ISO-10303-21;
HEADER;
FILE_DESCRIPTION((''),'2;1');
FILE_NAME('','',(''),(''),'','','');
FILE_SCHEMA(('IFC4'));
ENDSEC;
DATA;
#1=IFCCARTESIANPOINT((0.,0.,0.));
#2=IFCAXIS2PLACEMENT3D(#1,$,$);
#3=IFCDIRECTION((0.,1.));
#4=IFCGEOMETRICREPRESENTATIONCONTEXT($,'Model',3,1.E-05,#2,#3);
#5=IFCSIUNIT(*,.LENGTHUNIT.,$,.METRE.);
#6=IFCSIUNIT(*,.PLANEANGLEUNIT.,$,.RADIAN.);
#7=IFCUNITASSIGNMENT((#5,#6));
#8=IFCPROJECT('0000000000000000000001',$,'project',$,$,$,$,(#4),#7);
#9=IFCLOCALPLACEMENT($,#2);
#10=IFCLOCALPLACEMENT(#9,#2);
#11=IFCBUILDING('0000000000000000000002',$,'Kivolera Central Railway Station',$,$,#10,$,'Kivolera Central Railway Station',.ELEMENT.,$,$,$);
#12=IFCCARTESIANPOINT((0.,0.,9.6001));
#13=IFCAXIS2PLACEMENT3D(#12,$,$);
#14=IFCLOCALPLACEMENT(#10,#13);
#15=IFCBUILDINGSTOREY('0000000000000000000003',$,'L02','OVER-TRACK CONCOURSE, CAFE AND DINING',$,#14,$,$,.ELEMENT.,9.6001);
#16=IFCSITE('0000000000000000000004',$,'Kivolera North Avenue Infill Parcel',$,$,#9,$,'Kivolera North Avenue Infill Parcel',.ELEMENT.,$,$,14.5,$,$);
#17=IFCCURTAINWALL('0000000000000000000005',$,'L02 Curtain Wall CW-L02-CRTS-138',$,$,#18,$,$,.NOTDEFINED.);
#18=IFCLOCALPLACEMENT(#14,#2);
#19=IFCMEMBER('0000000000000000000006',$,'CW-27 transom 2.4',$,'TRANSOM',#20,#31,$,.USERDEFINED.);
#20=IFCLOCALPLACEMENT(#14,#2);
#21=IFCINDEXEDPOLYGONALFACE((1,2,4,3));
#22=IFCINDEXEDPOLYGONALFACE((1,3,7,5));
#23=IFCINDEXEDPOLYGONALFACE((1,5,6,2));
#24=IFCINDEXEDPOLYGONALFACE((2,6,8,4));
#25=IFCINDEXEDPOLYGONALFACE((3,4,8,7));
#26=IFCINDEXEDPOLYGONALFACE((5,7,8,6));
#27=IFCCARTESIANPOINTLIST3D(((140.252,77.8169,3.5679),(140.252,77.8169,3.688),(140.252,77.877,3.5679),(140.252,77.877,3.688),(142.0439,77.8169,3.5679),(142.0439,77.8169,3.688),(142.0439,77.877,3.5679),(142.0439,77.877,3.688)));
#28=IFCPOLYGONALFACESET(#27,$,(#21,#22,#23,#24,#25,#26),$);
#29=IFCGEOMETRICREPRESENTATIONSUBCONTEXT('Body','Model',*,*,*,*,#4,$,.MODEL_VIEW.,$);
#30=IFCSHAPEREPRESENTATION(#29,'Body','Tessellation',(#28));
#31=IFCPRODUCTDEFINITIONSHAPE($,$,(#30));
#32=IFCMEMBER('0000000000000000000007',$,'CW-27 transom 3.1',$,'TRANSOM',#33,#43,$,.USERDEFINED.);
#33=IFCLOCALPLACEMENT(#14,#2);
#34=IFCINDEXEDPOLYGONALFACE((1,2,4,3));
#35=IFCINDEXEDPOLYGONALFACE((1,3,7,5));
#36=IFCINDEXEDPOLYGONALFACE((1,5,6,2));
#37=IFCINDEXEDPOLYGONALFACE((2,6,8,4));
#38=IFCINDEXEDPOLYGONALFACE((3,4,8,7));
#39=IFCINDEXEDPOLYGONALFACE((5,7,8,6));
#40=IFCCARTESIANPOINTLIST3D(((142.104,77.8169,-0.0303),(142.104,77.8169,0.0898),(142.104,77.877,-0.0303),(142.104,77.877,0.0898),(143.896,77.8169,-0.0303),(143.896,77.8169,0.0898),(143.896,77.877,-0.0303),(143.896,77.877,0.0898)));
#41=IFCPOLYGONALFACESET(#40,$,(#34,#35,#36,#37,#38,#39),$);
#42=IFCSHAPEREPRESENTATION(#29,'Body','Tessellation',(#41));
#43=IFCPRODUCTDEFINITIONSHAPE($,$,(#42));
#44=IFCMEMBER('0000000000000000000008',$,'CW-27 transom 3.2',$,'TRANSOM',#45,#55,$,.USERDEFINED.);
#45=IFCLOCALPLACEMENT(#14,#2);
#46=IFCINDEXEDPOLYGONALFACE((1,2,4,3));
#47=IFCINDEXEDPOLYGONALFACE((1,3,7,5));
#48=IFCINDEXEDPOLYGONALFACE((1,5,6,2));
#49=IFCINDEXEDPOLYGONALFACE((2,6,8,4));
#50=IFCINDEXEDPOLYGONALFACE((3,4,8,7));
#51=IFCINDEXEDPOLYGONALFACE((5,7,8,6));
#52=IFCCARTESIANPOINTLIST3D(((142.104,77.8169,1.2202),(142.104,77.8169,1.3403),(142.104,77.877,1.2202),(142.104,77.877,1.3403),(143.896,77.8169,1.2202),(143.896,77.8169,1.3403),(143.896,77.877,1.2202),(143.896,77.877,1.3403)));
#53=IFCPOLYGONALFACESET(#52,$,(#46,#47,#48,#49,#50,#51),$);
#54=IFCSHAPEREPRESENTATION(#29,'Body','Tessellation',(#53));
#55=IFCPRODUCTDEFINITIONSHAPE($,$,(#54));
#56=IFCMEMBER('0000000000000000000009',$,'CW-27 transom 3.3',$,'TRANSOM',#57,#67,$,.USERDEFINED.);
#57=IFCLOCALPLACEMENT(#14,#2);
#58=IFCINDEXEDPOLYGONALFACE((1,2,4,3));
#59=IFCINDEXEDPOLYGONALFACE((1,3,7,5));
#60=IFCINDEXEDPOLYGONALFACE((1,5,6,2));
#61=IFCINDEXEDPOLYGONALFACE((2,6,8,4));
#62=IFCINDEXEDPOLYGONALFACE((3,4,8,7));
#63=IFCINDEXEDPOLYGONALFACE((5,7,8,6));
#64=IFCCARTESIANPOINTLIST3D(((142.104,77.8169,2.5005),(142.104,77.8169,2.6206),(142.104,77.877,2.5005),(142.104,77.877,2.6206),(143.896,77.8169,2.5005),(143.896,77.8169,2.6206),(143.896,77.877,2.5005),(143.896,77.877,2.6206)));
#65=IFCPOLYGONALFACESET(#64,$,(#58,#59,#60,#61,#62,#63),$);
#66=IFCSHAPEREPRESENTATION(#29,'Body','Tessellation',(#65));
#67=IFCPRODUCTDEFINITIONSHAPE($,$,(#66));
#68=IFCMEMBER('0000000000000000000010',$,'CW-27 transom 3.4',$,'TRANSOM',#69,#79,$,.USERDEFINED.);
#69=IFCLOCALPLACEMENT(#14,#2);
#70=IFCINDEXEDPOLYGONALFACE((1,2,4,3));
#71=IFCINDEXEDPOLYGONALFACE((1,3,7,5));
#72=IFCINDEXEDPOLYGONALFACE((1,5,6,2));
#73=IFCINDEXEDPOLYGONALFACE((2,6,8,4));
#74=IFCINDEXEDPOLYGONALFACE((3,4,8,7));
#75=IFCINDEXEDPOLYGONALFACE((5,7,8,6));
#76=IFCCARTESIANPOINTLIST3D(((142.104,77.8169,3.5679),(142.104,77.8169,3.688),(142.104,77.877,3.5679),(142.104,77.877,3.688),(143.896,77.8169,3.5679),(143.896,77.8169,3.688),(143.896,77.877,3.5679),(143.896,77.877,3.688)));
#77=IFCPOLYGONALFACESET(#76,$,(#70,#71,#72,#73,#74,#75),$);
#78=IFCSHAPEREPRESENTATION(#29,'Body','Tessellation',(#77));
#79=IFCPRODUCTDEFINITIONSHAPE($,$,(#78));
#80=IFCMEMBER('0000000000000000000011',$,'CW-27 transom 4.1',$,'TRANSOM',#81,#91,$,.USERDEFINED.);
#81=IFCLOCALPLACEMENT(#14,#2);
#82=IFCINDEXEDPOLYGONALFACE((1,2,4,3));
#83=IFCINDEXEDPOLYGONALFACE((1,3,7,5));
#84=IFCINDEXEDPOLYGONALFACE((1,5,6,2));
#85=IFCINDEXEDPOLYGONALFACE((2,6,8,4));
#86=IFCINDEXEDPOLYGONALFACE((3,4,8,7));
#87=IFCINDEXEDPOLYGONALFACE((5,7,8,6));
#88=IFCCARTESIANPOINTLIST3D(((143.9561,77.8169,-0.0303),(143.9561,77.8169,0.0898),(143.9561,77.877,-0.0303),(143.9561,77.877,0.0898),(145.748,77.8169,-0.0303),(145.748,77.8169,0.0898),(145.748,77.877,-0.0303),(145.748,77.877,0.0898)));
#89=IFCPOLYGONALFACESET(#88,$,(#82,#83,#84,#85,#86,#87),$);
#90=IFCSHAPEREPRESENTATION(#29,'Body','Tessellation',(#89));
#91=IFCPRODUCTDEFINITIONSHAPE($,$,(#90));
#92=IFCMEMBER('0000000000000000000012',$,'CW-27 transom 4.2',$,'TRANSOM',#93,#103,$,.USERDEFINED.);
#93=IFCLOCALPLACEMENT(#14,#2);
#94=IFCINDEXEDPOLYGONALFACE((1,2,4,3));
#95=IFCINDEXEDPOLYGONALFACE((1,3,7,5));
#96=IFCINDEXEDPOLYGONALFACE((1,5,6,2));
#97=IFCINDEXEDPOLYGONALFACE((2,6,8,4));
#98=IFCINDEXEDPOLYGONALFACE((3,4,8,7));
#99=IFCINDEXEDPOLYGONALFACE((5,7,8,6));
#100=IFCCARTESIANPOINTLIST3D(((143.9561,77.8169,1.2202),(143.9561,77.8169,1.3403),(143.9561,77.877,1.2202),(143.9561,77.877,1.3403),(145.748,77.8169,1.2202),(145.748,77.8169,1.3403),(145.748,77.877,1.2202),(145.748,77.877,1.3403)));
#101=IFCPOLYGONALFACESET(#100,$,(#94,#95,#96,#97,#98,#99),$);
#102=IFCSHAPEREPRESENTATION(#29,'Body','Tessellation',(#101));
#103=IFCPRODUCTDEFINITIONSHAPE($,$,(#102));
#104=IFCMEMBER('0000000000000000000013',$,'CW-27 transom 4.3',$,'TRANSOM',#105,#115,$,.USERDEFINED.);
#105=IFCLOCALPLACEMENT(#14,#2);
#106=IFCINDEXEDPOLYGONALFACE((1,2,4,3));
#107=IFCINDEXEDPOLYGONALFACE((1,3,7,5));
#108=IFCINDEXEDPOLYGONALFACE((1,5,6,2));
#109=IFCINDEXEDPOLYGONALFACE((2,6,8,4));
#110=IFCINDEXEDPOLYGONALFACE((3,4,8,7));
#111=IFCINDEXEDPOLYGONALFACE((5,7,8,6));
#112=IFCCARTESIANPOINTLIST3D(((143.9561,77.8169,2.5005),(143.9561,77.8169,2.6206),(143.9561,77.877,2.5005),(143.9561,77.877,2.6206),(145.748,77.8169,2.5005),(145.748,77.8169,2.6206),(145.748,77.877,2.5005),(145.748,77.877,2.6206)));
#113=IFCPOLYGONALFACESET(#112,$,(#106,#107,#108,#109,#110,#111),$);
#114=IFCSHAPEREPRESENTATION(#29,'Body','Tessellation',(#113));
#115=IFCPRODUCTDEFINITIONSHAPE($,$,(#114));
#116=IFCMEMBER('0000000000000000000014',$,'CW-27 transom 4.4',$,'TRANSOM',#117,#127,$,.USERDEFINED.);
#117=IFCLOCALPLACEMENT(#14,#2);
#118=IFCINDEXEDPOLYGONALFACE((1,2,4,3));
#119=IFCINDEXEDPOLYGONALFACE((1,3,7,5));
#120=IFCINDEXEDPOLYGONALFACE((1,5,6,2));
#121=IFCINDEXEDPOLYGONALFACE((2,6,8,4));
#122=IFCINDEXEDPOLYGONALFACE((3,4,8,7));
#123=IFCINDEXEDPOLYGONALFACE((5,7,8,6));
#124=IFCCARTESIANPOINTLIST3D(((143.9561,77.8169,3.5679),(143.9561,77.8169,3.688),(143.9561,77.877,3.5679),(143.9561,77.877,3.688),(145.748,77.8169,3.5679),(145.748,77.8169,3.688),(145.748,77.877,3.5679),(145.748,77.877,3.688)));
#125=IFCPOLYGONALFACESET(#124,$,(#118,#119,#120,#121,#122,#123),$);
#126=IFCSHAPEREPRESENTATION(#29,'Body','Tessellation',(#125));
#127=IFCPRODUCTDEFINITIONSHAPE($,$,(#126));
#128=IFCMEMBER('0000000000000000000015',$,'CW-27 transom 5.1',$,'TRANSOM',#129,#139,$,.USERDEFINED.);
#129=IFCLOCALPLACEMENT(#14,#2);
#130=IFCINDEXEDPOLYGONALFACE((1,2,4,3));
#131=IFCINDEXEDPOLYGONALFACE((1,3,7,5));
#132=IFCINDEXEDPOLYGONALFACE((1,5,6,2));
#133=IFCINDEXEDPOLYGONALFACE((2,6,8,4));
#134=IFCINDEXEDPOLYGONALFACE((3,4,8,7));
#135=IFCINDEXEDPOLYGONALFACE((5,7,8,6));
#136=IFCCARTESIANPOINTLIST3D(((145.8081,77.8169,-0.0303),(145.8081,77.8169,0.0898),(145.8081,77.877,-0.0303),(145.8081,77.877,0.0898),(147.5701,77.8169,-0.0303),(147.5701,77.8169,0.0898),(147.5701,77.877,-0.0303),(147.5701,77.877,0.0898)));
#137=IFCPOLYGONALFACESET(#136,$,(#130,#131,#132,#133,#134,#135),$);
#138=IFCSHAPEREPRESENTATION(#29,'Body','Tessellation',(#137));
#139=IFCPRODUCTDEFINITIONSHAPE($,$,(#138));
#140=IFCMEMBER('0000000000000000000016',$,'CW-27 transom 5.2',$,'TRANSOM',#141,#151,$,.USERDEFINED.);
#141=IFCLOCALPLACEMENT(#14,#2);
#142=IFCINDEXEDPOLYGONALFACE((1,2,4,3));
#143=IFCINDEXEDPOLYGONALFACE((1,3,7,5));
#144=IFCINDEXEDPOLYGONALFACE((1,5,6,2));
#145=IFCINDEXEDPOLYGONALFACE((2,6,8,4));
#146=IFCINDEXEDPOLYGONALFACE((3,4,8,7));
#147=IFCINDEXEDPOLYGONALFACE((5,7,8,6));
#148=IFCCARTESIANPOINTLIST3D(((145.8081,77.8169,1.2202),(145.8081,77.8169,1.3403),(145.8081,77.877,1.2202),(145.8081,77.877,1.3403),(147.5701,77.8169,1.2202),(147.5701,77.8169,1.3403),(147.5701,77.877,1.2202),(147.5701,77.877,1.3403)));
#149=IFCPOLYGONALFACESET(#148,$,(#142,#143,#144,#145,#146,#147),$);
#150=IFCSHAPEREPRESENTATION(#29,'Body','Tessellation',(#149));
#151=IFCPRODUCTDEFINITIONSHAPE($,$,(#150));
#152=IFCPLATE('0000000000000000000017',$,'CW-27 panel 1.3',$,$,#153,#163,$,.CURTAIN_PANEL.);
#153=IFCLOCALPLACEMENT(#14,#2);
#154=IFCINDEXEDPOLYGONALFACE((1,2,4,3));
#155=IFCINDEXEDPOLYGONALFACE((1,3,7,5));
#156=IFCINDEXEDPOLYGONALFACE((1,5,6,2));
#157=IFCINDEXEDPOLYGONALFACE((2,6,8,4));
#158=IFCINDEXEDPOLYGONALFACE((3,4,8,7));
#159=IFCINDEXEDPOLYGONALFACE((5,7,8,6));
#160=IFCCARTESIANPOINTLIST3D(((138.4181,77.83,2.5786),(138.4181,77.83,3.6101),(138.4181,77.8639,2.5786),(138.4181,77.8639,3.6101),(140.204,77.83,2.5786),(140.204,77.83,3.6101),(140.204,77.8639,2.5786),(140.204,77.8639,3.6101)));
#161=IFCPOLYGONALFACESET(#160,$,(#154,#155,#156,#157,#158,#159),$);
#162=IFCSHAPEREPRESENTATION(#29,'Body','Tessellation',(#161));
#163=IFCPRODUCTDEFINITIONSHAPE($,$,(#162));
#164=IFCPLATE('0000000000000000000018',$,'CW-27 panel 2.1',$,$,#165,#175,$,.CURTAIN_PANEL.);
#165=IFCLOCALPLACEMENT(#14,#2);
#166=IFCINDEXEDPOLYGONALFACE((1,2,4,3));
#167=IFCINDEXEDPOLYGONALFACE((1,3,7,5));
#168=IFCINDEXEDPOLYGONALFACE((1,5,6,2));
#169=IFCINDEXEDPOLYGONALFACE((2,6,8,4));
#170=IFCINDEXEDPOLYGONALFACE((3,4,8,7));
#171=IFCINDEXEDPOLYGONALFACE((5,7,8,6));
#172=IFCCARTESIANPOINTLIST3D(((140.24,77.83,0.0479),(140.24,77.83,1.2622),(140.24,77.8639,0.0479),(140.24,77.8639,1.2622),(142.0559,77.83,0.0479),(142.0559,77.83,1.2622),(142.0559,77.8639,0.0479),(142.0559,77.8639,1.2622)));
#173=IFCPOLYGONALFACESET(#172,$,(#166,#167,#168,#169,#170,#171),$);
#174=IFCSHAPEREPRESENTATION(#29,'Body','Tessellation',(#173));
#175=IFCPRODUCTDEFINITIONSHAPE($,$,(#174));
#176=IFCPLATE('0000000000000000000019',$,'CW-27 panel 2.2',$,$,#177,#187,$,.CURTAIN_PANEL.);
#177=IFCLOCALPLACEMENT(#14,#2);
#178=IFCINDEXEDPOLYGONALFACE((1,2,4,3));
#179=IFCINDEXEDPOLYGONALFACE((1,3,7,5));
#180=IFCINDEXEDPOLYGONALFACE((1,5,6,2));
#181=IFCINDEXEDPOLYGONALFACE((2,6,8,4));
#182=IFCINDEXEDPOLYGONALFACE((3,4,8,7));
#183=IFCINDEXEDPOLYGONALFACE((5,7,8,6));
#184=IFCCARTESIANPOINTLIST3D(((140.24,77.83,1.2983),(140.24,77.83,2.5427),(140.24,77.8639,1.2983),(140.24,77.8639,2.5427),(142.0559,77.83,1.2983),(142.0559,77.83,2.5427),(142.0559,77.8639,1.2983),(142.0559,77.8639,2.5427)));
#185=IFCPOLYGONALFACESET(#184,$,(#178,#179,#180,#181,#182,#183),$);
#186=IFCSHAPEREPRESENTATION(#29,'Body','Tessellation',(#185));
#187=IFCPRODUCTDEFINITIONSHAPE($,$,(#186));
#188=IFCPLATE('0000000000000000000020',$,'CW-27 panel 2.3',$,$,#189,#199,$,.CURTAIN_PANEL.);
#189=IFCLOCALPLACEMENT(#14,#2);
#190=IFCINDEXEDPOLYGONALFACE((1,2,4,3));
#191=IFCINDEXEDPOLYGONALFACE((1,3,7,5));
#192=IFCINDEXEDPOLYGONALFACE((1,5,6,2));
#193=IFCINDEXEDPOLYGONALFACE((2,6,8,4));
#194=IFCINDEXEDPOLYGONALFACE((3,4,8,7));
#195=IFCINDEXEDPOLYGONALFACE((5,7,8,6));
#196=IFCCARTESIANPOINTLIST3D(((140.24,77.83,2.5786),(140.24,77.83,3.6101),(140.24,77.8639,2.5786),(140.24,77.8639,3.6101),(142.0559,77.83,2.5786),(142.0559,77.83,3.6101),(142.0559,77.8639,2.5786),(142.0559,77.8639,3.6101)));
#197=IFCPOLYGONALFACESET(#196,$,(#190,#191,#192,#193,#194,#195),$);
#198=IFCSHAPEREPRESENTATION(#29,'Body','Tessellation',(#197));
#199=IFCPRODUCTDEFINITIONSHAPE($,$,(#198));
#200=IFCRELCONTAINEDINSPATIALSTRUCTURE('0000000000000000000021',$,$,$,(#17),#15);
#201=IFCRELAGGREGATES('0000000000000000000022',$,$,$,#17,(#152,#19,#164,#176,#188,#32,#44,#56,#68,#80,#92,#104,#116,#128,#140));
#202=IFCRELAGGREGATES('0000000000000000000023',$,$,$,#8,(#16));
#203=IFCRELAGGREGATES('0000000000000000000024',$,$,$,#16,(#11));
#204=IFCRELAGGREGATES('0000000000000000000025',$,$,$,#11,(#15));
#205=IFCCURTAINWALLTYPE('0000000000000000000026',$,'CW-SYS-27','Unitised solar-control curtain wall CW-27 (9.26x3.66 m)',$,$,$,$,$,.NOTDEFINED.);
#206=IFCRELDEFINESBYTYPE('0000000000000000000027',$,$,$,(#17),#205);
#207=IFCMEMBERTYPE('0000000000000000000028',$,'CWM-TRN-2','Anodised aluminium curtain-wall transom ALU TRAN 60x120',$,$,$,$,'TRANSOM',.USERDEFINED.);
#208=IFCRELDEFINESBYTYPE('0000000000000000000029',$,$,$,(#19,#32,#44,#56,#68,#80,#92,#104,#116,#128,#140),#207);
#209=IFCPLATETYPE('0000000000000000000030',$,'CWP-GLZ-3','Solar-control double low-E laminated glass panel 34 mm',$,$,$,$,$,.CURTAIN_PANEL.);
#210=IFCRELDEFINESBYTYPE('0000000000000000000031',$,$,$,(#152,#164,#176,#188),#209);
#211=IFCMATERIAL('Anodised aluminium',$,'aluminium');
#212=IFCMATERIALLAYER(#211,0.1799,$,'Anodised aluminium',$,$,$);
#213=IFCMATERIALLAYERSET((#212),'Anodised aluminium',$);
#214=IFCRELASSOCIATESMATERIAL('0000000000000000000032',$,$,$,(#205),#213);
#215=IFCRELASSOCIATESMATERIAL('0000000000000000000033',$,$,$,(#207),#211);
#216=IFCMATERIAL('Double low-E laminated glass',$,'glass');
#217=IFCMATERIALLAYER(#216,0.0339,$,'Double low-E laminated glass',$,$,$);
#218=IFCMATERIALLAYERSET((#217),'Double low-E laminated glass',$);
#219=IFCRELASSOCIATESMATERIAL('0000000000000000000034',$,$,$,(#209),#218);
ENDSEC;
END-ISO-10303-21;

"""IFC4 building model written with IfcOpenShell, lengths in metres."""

from ifc_helpers import new_model, si_unit, direction, frame, origin, origin_2d, place, context, subcontext, project, spatial, rectangle, extrude, material, layer, layer_set, material_profile, profile_set, type_object, element, aggregate, save


model = new_model("IFC4")

# Units and contexts
model_context = context("Model", 3, precision=1e-05, world=origin(), true_north=direction((0.0, 1.0)))
body_context = subcontext(model_context, "Body", "Model", "MODEL_VIEW")
ifc_project = project(units=[si_unit("LENGTHUNIT", "METRE"), si_unit("PLANEANGLEUNIT", "RADIAN")], contexts=[model_context])

# Site, building, storey
site_placement = place(None, origin())
site = spatial("IfcSite", under=ifc_project, at=site_placement, Name="Kivolera North Avenue Infill Parcel", LongName="Kivolera North Avenue Infill Parcel", CompositionType="ELEMENT", RefElevation=14.5)
building_placement = place(site_placement, origin())
building = spatial("IfcBuilding", under=site, at=building_placement, Name="Kivolera Central Railway Station", LongName="Kivolera Central Railway Station", CompositionType="ELEMENT")
storey_placement = place(building_placement, frame((0.0, 0.0, 9.6001)))
storey = spatial("IfcBuildingStorey", under=building, at=storey_placement, Name="L02", Description="OVER-TRACK CONCOURSE, CAFE AND DINING", CompositionType="ELEMENT", Elevation=9.6001)

# Curtain wall, members, plates
ifc_material_1 = material(Name="Anodised aluminium", Category="aluminium")
ifc_layer_1 = layer(ifc_material_1, 0.1799, Name="Anodised aluminium")
ifc_layer_set_1 = layer_set([ifc_layer_1], Name="Anodised aluminium")
curtain_wall_type = type_object("IfcCurtainWallType", Name="CW-SYS-27", Description="Unitised solar-control curtain wall CW-27 (9.26x3.66 m)", PredefinedType="NOTDEFINED", material=ifc_layer_set_1)
curtain_wall_placement = place(storey_placement, origin())
curtain_wall = element("IfcCurtainWall", 1, at=curtain_wall_placement, inside=storey, type_object=curtain_wall_type, Name="L02 Curtain Wall CW-L02-CRTS-138", PredefinedType="NOTDEFINED")
ifc_material_profile_1 = material_profile(ifc_material_1, rectangle(XDim=0.0601, YDim=0.1201, at=origin_2d()), Name="ALU TRAN 60x120")
ifc_profile_set_1 = profile_set([ifc_material_profile_1], Name="Anodised aluminium")
member_type_1 = type_object("IfcMemberType", Name="CWM-TRN-2", Description="Anodised aluminium curtain-wall transom ALU TRAN 60x120", ElementType="TRANSOM", PredefinedType="USERDEFINED", material=ifc_profile_set_1)
member_1_placement = place(storey_placement, frame((140.252, 77.8469, 3.6279), z_axis=(1.0, 0.0, 0.0), x_axis=(0.0, 1.0, 0.0)))
member_1 = element("IfcMember", 2, at=member_1_placement, type_object=member_type_1, Name="CW-27 transom 2.4", ObjectType="TRANSOM", PredefinedType="USERDEFINED", context=body_context, shape_type="SweptSolid", body=[
    extrude(rectangle(XDim=0.0601, YDim=0.1201, at=origin_2d()), origin(), (0.0, 0.0, 1.0), 1.792),
])
member_2_placement = place(storey_placement, frame((142.104, 77.8469, 0.0298), z_axis=(1.0, 0.0, 0.0), x_axis=(0.0, 1.0, 0.0)))
member_2 = element("IfcMember", 3, at=member_2_placement, type_object=member_type_1, Name="CW-27 transom 3.1", ObjectType="TRANSOM", PredefinedType="USERDEFINED", context=body_context, shape_type="SweptSolid", body=[
    extrude(rectangle(XDim=0.0601, YDim=0.1201, at=origin_2d()), origin(), (0.0, 0.0, 1.0), 1.792),
])
member_3_placement = place(storey_placement, frame((142.104, 77.8469, 1.2803), z_axis=(1.0, 0.0, 0.0), x_axis=(0.0, 1.0, 0.0)))
member_3 = element("IfcMember", 4, at=member_3_placement, type_object=member_type_1, Name="CW-27 transom 3.2", ObjectType="TRANSOM", PredefinedType="USERDEFINED", context=body_context, shape_type="SweptSolid", body=[
    extrude(rectangle(XDim=0.0601, YDim=0.1201, at=origin_2d()), origin(), (0.0, 0.0, 1.0), 1.792),
])
member_4_placement = place(storey_placement, frame((142.104, 77.8469, 2.5605), z_axis=(1.0, 0.0, 0.0), x_axis=(0.0, 1.0, 0.0)))
member_4 = element("IfcMember", 5, at=member_4_placement, type_object=member_type_1, Name="CW-27 transom 3.3", ObjectType="TRANSOM", PredefinedType="USERDEFINED", context=body_context, shape_type="SweptSolid", body=[
    extrude(rectangle(XDim=0.0601, YDim=0.1201, at=origin_2d()), origin(), (0.0, 0.0, 1.0), 1.792),
])
member_5_placement = place(storey_placement, frame((142.104, 77.8469, 3.6279), z_axis=(1.0, 0.0, 0.0), x_axis=(0.0, 1.0, 0.0)))
member_5 = element("IfcMember", 6, at=member_5_placement, type_object=member_type_1, Name="CW-27 transom 3.4", ObjectType="TRANSOM", PredefinedType="USERDEFINED", context=body_context, shape_type="SweptSolid", body=[
    extrude(rectangle(XDim=0.0601, YDim=0.1201, at=origin_2d()), origin(), (0.0, 0.0, 1.0), 1.792),
])
member_6_placement = place(storey_placement, frame((143.9561, 77.8469, 0.0298), z_axis=(1.0, 0.0, 0.0), x_axis=(0.0, 1.0, 0.0)))
member_6 = element("IfcMember", 7, at=member_6_placement, type_object=member_type_1, Name="CW-27 transom 4.1", ObjectType="TRANSOM", PredefinedType="USERDEFINED", context=body_context, shape_type="SweptSolid", body=[
    extrude(rectangle(XDim=0.0601, YDim=0.1201, at=origin_2d()), origin(), (0.0, 0.0, 1.0), 1.792),
])
member_7_placement = place(storey_placement, frame((143.9561, 77.8469, 1.2803), z_axis=(1.0, 0.0, 0.0), x_axis=(0.0, 1.0, 0.0)))
member_7 = element("IfcMember", 8, at=member_7_placement, type_object=member_type_1, Name="CW-27 transom 4.2", ObjectType="TRANSOM", PredefinedType="USERDEFINED", context=body_context, shape_type="SweptSolid", body=[
    extrude(rectangle(XDim=0.0601, YDim=0.1201, at=origin_2d()), origin(), (0.0, 0.0, 1.0), 1.792),
])
member_8_placement = place(storey_placement, frame((143.9561, 77.8469, 2.5605), z_axis=(1.0, 0.0, 0.0), x_axis=(0.0, 1.0, 0.0)))
member_8 = element("IfcMember", 9, at=member_8_placement, type_object=member_type_1, Name="CW-27 transom 4.3", ObjectType="TRANSOM", PredefinedType="USERDEFINED", context=body_context, shape_type="SweptSolid", body=[
    extrude(rectangle(XDim=0.0601, YDim=0.1201, at=origin_2d()), origin(), (0.0, 0.0, 1.0), 1.792),
])
member_9_placement = place(storey_placement, frame((143.9561, 77.8469, 3.6279), z_axis=(1.0, 0.0, 0.0), x_axis=(0.0, 1.0, 0.0)))
member_9 = element("IfcMember", 10, at=member_9_placement, type_object=member_type_1, Name="CW-27 transom 4.4", ObjectType="TRANSOM", PredefinedType="USERDEFINED", context=body_context, shape_type="SweptSolid", body=[
    extrude(rectangle(XDim=0.0601, YDim=0.1201, at=origin_2d()), origin(), (0.0, 0.0, 1.0), 1.792),
])
member_10_placement = place(storey_placement, frame((145.8081, 77.8469, 0.0298), z_axis=(1.0, 0.0, 0.0), x_axis=(0.0, 1.0, 0.0)))
member_10 = element("IfcMember", 11, at=member_10_placement, type_object=member_type_1, Name="CW-27 transom 5.1", ObjectType="TRANSOM", PredefinedType="USERDEFINED", context=body_context, shape_type="SweptSolid", body=[
    extrude(rectangle(XDim=0.0601, YDim=0.1201, at=origin_2d()), origin(), (0.0, 0.0, 1.0), 1.762),
])
member_11_placement = place(storey_placement, frame((145.8081, 77.8469, 1.2803), z_axis=(1.0, 0.0, 0.0), x_axis=(0.0, 1.0, 0.0)))
member_11 = element("IfcMember", 12, at=member_11_placement, type_object=member_type_1, Name="CW-27 transom 5.2", ObjectType="TRANSOM", PredefinedType="USERDEFINED", context=body_context, shape_type="SweptSolid", body=[
    extrude(rectangle(XDim=0.0601, YDim=0.1201, at=origin_2d()), origin(), (0.0, 0.0, 1.0), 1.762),
])
ifc_material_2 = material(Name="Double low-E laminated glass", Category="glass")
ifc_layer_2 = layer(ifc_material_2, 0.0339, Name="Double low-E laminated glass")
ifc_layer_set_2 = layer_set([ifc_layer_2], Name="Double low-E laminated glass")
plate_type = type_object("IfcPlateType", Name="CWP-GLZ-3", Description="Solar-control double low-E laminated glass panel 34 mm", PredefinedType="CURTAIN_PANEL", material=ifc_layer_set_2)
plate_1_placement = place(storey_placement, frame((139.311, 77.8469, 2.5786), z_axis=(0.0, 0.0, 1.0), x_axis=(1.0, 0.0, 0.0)))
plate_1 = element("IfcPlate", 13, at=plate_1_placement, type_object=plate_type, Name="CW-27 panel 1.3", PredefinedType="CURTAIN_PANEL", context=body_context, shape_type="SweptSolid", body=[
    extrude(rectangle(XDim=1.7859, YDim=0.0339, at=origin_2d()), origin(), (0.0, 0.0, 1.0), 1.0315),
])
plate_2_placement = place(storey_placement, frame((141.1479, 77.8469, 0.0479), z_axis=(0.0, 0.0, 1.0), x_axis=(1.0, 0.0, 0.0)))
plate_2 = element("IfcPlate", 14, at=plate_2_placement, type_object=plate_type, Name="CW-27 panel 2.1", PredefinedType="CURTAIN_PANEL", context=body_context, shape_type="SweptSolid", body=[
    extrude(rectangle(XDim=1.8159, YDim=0.0339, at=origin_2d()), origin(), (0.0, 0.0, 1.0), 1.2144),
])
plate_3_placement = place(storey_placement, frame((141.1479, 77.8469, 1.2983), z_axis=(0.0, 0.0, 1.0), x_axis=(1.0, 0.0, 0.0)))
plate_3 = element("IfcPlate", 15, at=plate_3_placement, type_object=plate_type, Name="CW-27 panel 2.2", PredefinedType="CURTAIN_PANEL", context=body_context, shape_type="SweptSolid", body=[
    extrude(rectangle(XDim=1.8159, YDim=0.0339, at=origin_2d()), origin(), (0.0, 0.0, 1.0), 1.2444),
])
plate_4_placement = place(storey_placement, frame((141.1479, 77.8469, 2.5786), z_axis=(0.0, 0.0, 1.0), x_axis=(1.0, 0.0, 0.0)))
plate_4 = element("IfcPlate", 16, at=plate_4_placement, type_object=plate_type, Name="CW-27 panel 2.3", PredefinedType="CURTAIN_PANEL", context=body_context, shape_type="SweptSolid", body=[
    extrude(rectangle(XDim=1.8159, YDim=0.0339, at=origin_2d()), origin(), (0.0, 0.0, 1.0), 1.0315),
])
aggregate(curtain_wall, [plate_1, member_1, plate_2, plate_3, plate_4, member_2, member_3, member_4, member_5, member_6, member_7, member_8, member_9, member_10, member_11])

save(model, "model.ifc")
